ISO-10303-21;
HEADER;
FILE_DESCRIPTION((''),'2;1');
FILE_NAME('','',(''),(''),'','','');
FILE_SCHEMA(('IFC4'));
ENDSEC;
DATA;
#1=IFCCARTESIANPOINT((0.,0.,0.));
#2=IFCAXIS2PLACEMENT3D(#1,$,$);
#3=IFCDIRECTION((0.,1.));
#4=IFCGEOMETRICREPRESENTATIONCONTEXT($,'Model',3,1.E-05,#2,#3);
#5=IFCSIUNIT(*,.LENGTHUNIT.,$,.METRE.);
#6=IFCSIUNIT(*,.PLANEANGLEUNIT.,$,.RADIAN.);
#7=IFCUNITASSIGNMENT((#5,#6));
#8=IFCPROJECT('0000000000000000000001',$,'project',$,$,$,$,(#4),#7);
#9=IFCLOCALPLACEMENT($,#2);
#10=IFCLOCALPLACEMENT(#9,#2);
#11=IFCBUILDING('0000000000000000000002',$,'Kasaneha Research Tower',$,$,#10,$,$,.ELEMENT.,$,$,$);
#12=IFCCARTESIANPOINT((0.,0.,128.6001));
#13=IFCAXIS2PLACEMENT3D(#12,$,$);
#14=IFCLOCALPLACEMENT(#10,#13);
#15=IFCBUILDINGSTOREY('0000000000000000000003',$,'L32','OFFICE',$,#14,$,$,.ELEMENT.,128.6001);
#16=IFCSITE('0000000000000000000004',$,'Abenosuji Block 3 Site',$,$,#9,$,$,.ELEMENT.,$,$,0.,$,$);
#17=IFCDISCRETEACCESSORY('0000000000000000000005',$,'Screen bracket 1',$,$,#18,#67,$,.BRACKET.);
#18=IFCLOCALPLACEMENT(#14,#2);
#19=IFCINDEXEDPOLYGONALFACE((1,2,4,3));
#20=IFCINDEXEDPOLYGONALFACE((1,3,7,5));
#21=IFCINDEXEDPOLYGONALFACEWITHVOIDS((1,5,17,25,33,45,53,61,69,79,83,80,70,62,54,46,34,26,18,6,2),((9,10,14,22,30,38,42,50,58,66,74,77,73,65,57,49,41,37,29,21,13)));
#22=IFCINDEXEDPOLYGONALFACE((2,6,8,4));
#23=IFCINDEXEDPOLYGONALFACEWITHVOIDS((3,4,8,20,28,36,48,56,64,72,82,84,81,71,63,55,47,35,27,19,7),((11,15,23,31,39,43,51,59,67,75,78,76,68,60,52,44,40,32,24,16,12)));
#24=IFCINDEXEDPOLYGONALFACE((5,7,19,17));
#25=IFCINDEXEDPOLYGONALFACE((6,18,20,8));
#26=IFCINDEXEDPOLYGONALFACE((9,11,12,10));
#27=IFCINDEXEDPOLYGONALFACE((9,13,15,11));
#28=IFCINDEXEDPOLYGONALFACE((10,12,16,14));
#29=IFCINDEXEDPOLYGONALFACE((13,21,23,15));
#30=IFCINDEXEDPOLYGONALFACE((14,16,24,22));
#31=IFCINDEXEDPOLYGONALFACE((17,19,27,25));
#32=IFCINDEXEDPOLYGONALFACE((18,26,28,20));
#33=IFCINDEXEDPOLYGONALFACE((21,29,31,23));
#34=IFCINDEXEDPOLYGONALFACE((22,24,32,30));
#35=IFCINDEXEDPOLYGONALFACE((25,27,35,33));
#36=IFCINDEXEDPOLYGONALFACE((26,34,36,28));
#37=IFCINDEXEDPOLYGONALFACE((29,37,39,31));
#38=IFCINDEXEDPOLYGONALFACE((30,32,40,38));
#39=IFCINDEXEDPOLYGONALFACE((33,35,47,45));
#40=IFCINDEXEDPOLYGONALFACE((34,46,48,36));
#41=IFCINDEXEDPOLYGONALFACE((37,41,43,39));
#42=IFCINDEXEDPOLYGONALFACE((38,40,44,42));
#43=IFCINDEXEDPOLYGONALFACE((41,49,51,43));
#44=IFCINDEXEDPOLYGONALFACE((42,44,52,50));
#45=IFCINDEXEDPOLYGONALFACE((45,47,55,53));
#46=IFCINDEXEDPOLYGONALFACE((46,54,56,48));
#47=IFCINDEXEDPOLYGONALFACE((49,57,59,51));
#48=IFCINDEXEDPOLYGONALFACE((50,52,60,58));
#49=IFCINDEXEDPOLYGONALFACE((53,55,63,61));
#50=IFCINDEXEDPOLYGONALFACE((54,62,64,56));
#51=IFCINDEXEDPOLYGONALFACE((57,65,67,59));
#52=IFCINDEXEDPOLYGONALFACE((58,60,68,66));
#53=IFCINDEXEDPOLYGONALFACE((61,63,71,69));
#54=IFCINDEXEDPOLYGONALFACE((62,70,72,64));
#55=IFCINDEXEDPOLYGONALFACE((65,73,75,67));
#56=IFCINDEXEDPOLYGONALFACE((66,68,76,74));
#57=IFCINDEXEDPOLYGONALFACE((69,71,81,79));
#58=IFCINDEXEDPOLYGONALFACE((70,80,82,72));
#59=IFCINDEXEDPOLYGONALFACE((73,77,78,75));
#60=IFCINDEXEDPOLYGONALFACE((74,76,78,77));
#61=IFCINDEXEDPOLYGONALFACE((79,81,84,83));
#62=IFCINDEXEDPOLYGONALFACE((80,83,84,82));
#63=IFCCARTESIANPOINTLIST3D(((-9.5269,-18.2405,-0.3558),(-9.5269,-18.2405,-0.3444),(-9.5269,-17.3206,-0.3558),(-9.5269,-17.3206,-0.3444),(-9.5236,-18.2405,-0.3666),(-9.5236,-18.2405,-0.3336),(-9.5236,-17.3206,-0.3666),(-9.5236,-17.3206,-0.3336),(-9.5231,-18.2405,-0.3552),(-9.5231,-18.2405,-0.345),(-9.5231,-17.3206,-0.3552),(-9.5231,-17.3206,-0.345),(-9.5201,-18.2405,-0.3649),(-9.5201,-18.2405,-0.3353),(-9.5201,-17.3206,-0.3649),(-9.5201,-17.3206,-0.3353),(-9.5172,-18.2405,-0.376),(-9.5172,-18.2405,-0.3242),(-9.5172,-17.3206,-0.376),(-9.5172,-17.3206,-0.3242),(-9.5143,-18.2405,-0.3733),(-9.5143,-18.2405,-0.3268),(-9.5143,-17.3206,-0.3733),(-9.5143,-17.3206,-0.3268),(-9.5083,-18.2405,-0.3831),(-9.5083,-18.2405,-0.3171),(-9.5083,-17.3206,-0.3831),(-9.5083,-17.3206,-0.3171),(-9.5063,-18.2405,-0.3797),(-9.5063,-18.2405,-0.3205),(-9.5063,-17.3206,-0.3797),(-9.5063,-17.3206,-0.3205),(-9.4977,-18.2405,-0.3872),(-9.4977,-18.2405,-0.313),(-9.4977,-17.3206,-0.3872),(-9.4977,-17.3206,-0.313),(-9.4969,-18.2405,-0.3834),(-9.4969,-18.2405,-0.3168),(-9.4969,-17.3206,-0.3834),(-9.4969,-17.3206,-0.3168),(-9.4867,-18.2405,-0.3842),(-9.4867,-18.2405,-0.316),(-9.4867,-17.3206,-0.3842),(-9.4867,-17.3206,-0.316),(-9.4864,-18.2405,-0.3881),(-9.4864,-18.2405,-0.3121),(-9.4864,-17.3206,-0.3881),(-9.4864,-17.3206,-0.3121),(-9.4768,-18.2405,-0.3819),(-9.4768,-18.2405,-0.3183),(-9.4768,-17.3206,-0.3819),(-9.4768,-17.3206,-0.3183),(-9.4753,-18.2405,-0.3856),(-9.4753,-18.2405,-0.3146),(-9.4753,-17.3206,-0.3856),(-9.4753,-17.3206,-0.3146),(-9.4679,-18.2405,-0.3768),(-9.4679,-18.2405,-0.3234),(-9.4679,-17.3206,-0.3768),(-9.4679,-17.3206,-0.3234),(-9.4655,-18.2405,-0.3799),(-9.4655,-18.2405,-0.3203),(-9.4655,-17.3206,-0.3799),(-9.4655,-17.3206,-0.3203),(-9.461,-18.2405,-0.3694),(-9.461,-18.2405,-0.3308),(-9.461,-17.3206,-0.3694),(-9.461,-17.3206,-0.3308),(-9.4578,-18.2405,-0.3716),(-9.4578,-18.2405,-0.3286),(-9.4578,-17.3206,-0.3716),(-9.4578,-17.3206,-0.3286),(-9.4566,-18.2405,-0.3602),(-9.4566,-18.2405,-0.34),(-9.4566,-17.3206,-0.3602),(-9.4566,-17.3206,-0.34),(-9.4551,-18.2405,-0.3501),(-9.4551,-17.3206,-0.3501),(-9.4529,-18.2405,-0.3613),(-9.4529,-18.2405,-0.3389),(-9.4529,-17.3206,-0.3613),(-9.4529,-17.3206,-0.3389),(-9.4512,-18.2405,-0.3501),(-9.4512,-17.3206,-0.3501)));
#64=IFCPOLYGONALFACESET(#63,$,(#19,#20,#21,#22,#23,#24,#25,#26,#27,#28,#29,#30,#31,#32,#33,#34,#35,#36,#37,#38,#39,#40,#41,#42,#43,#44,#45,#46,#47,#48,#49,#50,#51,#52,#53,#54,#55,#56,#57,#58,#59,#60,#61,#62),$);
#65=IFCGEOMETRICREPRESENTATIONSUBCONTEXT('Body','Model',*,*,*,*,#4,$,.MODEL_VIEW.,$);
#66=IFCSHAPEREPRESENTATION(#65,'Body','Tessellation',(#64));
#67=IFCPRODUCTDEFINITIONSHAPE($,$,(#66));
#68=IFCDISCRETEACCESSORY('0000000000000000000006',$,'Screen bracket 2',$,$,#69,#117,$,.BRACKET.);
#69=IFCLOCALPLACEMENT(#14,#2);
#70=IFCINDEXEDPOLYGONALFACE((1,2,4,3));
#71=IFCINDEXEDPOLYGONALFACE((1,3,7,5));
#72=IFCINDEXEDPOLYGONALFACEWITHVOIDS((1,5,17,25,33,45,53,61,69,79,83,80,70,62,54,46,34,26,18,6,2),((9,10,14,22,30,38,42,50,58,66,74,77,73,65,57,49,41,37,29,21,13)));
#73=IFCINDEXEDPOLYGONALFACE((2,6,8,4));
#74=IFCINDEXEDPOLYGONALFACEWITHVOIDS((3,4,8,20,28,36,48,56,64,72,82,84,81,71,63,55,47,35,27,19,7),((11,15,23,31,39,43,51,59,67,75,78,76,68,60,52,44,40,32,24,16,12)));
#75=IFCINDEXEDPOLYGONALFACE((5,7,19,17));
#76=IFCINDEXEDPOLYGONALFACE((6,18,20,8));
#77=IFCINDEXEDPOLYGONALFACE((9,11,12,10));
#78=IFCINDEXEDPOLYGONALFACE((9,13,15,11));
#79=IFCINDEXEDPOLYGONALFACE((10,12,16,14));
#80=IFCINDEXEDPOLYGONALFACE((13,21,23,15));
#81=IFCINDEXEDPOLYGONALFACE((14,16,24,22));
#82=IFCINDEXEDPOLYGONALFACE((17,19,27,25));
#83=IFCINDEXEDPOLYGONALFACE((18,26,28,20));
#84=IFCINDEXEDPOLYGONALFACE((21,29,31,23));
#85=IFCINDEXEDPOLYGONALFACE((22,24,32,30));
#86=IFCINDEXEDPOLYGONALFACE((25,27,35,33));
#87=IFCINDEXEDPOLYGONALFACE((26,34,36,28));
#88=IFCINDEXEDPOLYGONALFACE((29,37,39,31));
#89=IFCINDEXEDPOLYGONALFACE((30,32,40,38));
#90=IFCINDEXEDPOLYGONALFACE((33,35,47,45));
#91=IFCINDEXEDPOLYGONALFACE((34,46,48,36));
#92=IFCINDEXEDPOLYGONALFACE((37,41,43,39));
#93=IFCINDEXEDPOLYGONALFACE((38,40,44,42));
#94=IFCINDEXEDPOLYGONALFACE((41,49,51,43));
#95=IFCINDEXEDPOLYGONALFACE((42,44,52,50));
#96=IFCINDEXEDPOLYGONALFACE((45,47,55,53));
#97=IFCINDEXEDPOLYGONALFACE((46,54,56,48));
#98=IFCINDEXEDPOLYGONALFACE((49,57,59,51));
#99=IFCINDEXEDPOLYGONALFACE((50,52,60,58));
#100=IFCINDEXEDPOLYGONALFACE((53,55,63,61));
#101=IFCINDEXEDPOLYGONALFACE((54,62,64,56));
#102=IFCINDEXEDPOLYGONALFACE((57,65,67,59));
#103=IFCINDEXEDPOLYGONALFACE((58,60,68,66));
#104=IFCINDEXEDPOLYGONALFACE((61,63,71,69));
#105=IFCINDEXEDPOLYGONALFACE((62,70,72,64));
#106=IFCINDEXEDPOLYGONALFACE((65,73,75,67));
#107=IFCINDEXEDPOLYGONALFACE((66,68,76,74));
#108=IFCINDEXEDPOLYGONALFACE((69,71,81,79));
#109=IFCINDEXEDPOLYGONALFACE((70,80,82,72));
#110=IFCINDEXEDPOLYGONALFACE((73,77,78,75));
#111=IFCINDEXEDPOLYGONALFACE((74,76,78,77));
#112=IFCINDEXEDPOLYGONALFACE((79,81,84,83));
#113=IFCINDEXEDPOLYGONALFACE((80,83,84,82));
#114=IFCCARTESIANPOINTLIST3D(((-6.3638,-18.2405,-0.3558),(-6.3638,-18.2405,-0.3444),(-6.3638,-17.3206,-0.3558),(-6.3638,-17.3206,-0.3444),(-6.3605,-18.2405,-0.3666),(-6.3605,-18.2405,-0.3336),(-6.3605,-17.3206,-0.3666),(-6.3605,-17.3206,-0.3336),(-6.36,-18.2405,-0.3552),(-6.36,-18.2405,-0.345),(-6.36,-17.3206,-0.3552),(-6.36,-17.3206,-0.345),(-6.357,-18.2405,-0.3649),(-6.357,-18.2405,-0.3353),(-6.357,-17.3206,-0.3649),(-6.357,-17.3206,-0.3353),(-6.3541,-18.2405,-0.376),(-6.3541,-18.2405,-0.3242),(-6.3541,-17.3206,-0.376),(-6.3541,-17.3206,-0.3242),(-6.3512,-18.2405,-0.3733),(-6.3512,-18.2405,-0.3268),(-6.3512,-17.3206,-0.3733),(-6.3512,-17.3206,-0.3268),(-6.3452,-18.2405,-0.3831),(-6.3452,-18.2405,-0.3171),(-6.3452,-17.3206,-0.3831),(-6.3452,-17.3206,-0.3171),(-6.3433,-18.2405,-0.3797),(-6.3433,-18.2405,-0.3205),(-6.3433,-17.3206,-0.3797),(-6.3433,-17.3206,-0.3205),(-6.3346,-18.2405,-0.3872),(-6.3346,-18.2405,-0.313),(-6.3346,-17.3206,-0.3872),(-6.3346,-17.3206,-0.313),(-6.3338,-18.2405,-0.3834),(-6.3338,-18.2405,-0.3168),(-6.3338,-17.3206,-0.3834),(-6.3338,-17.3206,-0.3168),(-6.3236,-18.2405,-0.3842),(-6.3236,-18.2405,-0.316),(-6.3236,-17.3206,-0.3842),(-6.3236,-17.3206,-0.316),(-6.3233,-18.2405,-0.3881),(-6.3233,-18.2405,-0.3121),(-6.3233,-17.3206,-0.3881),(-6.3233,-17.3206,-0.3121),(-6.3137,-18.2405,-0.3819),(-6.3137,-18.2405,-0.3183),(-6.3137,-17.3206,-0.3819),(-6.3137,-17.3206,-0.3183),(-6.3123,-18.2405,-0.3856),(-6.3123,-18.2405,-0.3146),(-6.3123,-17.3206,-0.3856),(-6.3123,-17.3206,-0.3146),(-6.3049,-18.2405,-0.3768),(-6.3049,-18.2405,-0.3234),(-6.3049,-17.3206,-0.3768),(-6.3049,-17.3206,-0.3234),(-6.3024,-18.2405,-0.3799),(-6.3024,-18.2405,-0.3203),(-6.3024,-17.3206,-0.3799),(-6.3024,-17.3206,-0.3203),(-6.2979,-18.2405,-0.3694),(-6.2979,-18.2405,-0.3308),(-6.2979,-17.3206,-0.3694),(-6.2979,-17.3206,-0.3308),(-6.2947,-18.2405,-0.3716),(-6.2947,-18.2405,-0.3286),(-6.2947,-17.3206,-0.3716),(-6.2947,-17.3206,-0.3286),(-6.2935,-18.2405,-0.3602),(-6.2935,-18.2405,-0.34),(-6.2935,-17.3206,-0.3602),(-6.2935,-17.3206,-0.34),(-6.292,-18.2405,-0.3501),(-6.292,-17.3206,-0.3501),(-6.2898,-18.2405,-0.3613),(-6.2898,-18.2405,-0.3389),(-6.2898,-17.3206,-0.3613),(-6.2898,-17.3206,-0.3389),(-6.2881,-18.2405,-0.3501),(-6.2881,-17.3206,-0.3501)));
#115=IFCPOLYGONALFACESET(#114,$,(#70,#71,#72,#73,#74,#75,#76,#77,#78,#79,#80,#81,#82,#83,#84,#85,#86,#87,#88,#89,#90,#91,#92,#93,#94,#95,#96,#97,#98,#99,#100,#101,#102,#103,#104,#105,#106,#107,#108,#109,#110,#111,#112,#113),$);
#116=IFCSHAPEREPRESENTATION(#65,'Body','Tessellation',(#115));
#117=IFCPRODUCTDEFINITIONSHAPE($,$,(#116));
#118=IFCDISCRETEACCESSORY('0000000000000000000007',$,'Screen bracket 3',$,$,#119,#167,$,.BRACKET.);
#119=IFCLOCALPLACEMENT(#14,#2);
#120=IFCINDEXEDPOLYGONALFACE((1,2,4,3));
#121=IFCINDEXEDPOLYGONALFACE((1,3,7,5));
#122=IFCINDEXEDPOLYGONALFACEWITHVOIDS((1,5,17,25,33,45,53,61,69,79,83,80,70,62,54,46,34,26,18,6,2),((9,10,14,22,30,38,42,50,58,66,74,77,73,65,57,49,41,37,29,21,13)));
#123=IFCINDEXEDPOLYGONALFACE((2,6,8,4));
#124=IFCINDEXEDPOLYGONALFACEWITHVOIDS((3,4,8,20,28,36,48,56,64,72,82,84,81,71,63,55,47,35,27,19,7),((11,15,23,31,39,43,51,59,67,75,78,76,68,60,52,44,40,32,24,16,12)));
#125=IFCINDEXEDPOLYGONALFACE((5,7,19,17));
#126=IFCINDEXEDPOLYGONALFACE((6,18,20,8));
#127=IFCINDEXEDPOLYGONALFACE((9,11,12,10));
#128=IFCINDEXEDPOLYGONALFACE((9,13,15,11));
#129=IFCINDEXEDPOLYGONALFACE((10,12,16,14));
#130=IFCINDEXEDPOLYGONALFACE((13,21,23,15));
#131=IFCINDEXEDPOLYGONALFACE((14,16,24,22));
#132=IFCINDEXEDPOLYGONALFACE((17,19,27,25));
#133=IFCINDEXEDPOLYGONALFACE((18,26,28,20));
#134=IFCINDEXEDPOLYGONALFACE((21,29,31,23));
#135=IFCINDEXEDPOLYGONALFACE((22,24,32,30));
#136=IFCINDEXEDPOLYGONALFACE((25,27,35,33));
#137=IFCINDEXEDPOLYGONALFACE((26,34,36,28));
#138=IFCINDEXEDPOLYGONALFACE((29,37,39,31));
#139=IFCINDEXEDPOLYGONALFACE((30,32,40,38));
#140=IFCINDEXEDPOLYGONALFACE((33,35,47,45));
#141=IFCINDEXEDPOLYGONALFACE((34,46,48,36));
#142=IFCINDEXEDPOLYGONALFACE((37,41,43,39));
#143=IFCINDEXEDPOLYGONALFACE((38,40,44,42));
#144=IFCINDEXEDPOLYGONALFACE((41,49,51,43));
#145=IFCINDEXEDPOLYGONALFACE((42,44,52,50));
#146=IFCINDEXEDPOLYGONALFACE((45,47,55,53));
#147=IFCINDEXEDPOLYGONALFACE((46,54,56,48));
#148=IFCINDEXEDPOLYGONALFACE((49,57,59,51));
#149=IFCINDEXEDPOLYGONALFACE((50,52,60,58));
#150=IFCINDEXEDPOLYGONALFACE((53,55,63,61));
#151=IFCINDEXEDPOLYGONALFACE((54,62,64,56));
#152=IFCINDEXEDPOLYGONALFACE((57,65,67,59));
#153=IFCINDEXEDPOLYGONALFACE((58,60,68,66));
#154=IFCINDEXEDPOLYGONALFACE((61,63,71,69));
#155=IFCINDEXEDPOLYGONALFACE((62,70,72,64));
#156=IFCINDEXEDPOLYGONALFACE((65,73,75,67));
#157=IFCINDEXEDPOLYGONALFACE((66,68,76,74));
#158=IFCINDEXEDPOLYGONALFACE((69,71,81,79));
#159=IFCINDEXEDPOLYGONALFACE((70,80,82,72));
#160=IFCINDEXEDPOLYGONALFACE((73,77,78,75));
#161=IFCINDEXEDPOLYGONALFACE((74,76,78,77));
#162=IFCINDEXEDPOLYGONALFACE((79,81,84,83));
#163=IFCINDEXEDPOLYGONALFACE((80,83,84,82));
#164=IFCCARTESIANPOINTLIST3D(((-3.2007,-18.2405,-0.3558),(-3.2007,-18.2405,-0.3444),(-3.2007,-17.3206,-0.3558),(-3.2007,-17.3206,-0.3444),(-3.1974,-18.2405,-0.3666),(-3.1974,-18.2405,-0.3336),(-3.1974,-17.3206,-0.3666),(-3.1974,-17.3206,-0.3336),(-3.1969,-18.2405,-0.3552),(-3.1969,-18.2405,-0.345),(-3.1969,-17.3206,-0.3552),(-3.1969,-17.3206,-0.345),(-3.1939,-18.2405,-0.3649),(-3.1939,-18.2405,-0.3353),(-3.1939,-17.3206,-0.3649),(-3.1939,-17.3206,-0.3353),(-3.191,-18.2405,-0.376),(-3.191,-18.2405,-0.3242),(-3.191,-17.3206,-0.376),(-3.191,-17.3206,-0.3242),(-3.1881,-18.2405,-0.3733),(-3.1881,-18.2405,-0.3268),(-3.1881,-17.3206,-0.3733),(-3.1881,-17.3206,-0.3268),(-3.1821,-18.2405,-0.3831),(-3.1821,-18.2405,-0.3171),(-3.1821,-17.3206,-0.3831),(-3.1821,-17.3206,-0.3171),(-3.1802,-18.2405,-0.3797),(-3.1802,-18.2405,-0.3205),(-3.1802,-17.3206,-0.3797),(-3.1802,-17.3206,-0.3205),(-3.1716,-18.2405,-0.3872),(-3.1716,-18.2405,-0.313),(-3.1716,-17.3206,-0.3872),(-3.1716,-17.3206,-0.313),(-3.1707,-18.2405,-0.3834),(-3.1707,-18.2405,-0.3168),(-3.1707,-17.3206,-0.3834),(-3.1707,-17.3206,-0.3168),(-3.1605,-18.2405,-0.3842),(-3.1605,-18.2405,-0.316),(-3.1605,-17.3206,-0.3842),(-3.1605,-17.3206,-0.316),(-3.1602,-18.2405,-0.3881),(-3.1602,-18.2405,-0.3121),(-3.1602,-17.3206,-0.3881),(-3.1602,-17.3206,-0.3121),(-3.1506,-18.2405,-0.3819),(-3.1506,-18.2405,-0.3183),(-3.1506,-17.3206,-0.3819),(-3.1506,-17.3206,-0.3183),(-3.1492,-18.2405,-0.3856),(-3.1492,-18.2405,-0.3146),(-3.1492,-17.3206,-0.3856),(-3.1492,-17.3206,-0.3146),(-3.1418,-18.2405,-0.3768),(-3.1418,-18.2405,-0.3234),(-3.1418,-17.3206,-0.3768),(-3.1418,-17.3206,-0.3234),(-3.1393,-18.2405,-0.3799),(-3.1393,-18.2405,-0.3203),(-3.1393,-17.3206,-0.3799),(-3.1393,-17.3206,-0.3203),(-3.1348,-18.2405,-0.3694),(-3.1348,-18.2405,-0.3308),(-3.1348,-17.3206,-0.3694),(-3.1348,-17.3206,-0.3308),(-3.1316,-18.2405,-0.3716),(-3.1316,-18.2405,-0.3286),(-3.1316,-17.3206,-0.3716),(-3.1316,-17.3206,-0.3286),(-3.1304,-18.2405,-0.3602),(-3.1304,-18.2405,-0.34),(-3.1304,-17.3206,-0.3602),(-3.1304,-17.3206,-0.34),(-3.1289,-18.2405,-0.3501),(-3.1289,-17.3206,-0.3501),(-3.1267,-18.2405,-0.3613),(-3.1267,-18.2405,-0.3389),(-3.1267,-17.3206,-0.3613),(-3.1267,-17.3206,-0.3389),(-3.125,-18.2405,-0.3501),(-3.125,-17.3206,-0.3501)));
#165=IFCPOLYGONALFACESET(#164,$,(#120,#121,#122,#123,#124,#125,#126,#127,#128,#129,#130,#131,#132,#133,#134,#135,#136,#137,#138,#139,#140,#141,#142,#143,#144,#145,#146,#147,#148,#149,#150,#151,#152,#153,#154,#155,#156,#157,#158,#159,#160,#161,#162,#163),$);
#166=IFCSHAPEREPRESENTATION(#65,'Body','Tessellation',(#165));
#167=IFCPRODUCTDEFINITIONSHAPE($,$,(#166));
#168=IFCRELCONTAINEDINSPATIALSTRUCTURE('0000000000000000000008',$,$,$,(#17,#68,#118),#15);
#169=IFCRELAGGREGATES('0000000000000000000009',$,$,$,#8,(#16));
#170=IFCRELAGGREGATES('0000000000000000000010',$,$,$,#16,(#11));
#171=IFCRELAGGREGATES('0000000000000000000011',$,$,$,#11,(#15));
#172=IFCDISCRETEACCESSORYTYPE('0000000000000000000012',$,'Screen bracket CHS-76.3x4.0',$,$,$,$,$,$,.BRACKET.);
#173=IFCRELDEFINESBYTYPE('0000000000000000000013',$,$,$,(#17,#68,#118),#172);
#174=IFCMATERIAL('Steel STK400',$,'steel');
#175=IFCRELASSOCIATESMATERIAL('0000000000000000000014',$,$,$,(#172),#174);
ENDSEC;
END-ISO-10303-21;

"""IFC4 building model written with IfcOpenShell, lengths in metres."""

from ifc_helpers import new_model, si_unit, direction, frame, origin, origin_2d, place, context, subcontext, project, spatial, hollow_circle, extrude, material, material_profile, profile_set, type_object, element, save


model = new_model("IFC4")

# Units and contexts
model_context = context("Model", 3, precision=1e-05, world=origin(), true_north=direction((0.0, 1.0)))
body_context = subcontext(model_context, "Body", "Model", "MODEL_VIEW")
ifc_project = project(units=[si_unit("LENGTHUNIT", "METRE"), si_unit("PLANEANGLEUNIT", "RADIAN")], contexts=[model_context])

# Site, building, storey
site_placement = place(None, origin())
site = spatial("IfcSite", under=ifc_project, at=site_placement, Name="Abenosuji Block 3 Site", CompositionType="ELEMENT", RefElevation=0.0)
building_placement = place(site_placement, origin())
building = spatial("IfcBuilding", under=site, at=building_placement, Name="Kasaneha Research Tower", CompositionType="ELEMENT")
storey_placement = place(building_placement, frame((0.0, 0.0, 128.6001)))
storey = spatial("IfcBuildingStorey", under=building, at=storey_placement, Name="L32", Description="OFFICE", CompositionType="ELEMENT", Elevation=128.6001)

# Discrete accessories
ifc_material_1 = material(Name="Steel STK400", Category="steel")
ifc_material_profile_1 = material_profile(ifc_material_1, hollow_circle(Radius=0.0381, WallThickness=0.0039, at=origin_2d()), Name="CHS-76.3x4.0")
ifc_profile_set_1 = profile_set([ifc_material_profile_1], Name="Steel STK400")
discrete_accessory_type = type_object("IfcDiscreteAccessoryType", Name="Screen bracket CHS-76.3x4.0", PredefinedType="BRACKET", material=ifc_profile_set_1)
for number, where, z_axis, x_axis, name in (
    (1, (-9.4893, -17.3206, -0.3501), (0.0, -1.0, 0.0), (1.0, 0.0, 0.0), "Screen bracket 1"),
    (2, (-6.3262, -17.3206, -0.3501), (0.0, -1.0, 0.0), (1.0, 0.0, 0.0), "Screen bracket 2"),
    (3, (-3.1631, -17.3206, -0.3501), (0.0, -1.0, 0.0), (1.0, 0.0, 0.0), "Screen bracket 3"),
):
    element("IfcDiscreteAccessory", number, at=place(storey_placement, frame(where, z_axis=z_axis, x_axis=x_axis)), inside=storey, type_object=discrete_accessory_type, Name=name, PredefinedType="BRACKET", context=body_context, shape_type="SweptSolid", body=[
        extrude(hollow_circle(Radius=0.0381, WallThickness=0.0039, at=origin_2d()), origin(), (0.0, 0.0, 1.0), 0.9199),
    ])

save(model, "model.ifc")
